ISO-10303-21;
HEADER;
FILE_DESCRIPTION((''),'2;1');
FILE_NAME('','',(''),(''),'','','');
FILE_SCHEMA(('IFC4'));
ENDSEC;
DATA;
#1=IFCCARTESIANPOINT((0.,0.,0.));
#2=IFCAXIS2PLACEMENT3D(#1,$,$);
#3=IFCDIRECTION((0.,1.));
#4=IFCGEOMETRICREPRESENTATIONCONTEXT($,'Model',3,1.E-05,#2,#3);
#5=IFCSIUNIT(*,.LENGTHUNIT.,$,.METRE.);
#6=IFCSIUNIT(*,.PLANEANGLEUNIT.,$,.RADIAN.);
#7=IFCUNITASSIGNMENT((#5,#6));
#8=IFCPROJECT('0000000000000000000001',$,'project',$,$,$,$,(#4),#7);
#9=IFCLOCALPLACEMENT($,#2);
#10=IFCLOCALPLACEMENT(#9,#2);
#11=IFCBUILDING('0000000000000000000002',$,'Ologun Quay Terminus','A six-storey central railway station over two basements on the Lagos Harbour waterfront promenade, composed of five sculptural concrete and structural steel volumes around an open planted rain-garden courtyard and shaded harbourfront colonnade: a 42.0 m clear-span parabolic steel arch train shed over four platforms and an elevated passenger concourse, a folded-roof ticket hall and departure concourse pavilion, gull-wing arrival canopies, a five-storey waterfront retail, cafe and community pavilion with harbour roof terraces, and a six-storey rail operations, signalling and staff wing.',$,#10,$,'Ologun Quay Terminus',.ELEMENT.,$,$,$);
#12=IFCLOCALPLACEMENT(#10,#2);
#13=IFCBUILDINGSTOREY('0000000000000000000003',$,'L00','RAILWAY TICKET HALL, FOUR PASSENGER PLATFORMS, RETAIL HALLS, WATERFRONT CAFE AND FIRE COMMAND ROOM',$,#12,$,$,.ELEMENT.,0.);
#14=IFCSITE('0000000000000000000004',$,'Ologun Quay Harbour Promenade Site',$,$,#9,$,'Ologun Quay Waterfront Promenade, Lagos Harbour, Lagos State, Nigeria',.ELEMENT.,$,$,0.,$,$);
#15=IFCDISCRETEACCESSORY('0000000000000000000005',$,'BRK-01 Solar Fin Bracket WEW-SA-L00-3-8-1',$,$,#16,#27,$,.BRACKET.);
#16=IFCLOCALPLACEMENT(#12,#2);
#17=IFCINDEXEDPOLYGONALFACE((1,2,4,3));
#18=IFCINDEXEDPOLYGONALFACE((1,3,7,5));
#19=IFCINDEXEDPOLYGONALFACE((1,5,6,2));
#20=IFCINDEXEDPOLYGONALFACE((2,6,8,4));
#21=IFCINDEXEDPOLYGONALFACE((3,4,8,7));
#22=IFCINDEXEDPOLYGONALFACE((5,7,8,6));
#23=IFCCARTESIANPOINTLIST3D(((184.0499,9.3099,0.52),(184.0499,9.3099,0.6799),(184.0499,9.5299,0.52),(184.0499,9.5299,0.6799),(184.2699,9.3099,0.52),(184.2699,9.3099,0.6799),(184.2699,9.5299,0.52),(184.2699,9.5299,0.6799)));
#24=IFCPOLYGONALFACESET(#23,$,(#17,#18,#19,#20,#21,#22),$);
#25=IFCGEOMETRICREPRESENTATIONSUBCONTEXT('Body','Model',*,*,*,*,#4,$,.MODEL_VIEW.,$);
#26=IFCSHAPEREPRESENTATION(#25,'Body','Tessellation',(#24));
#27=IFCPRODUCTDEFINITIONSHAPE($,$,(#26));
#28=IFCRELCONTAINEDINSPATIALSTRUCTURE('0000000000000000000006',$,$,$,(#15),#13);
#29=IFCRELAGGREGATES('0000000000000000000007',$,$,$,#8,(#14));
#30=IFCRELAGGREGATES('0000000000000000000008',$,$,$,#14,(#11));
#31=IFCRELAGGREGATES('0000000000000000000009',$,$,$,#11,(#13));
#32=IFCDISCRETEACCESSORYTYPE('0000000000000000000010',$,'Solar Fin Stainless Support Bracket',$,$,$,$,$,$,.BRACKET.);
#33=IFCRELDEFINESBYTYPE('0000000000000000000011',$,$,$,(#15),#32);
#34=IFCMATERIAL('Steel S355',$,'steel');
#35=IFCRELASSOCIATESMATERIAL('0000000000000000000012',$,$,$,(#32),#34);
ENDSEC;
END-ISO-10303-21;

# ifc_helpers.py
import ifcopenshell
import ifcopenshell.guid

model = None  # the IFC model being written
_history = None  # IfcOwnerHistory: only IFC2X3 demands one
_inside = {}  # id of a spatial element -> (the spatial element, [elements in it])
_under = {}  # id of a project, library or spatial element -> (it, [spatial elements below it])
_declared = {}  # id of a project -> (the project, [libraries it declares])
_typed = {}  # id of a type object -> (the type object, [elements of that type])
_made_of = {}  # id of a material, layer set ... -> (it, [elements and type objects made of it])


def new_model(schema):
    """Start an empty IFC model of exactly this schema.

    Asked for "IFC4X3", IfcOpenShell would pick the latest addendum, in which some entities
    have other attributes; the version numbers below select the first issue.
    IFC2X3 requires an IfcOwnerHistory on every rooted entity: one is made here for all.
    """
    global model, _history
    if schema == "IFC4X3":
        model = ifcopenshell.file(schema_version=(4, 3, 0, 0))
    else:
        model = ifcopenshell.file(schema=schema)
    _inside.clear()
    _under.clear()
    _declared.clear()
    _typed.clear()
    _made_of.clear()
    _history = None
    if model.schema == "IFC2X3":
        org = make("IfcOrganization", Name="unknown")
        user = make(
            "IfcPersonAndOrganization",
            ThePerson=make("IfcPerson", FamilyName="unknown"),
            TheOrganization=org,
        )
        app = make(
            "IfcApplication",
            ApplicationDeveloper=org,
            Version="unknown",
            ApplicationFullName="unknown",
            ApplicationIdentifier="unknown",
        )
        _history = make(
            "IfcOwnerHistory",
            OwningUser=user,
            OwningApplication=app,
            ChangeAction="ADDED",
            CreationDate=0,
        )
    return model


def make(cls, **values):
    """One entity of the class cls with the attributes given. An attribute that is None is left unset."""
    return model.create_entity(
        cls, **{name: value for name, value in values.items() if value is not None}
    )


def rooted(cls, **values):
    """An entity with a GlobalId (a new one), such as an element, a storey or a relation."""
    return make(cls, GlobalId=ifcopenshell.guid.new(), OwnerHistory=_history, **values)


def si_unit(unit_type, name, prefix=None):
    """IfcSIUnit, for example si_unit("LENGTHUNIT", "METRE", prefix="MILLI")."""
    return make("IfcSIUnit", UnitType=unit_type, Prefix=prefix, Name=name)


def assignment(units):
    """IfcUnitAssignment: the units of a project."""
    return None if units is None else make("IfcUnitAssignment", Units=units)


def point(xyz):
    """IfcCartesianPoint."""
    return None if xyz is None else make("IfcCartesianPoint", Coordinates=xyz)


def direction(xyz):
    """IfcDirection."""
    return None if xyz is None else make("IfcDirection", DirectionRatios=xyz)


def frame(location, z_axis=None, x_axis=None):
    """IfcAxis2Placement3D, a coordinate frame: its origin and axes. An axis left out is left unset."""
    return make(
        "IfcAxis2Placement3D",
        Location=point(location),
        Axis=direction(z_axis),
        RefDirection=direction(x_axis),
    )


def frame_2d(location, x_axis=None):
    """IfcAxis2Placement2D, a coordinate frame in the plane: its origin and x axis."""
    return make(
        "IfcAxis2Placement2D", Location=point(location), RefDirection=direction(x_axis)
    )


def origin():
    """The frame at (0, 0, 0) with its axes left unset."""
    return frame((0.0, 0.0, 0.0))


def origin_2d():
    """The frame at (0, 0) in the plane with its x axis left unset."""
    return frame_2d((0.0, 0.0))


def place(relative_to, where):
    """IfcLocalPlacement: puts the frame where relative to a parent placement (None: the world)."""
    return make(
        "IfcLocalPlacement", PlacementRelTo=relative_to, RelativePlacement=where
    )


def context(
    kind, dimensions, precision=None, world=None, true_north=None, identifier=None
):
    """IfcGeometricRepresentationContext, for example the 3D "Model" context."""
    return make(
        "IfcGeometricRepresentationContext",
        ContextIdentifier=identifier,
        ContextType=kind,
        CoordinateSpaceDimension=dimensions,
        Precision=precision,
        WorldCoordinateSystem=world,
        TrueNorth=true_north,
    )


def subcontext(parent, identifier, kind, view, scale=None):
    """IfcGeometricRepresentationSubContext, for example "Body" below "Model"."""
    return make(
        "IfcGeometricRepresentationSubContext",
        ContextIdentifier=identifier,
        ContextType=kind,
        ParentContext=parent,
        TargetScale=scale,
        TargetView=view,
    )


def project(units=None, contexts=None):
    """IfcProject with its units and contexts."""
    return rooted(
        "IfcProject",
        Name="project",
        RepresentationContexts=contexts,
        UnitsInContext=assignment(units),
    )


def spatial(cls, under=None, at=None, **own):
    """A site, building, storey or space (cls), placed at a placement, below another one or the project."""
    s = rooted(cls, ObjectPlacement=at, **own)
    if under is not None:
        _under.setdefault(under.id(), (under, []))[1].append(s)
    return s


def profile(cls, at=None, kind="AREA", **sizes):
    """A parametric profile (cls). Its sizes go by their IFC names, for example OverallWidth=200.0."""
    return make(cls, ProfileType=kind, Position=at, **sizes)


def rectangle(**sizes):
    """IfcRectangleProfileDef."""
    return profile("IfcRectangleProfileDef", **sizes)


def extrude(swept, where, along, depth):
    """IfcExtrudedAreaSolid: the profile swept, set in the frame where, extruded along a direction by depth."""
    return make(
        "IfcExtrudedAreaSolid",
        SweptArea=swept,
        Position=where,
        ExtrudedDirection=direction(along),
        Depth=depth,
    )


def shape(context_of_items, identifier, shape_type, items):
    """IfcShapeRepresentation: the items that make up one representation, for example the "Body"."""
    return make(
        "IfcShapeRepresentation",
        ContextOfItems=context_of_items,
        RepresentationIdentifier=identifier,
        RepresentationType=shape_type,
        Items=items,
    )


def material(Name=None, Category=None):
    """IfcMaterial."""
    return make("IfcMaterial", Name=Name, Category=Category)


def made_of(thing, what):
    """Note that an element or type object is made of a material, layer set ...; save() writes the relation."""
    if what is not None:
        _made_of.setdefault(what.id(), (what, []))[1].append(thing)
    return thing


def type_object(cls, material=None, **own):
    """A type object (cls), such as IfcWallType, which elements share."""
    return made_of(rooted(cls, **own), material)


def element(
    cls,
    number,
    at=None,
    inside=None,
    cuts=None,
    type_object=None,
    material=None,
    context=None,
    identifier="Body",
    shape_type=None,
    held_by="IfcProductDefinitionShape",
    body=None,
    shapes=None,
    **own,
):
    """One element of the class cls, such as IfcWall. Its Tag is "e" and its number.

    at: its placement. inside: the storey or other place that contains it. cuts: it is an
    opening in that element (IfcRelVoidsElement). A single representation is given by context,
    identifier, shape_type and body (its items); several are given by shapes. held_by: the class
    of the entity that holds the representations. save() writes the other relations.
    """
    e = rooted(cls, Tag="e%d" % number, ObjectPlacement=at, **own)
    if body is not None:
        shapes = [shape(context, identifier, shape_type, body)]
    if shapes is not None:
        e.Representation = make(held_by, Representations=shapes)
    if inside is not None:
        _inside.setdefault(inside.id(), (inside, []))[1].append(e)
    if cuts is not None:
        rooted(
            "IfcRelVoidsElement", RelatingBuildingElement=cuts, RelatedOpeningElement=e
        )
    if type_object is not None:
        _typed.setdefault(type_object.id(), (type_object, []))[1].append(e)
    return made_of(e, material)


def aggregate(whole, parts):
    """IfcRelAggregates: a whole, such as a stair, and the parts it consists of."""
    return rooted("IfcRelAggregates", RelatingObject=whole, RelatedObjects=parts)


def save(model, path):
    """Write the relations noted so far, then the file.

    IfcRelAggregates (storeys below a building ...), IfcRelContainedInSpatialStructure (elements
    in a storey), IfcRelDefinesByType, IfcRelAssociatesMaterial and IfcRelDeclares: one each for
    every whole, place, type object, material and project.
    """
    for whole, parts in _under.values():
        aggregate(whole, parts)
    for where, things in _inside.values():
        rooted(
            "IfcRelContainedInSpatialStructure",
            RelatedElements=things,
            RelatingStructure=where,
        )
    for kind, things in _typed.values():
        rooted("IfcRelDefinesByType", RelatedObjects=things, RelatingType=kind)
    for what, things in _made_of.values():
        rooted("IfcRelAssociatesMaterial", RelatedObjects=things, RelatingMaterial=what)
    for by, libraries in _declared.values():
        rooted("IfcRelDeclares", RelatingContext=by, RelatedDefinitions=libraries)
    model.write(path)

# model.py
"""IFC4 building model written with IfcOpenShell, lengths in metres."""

from ifc_helpers import new_model, si_unit, direction, frame, origin, origin_2d, place, context, subcontext, project, spatial, rectangle, extrude, material, type_object, element, save


model = new_model("IFC4")

# Units and contexts
model_context = context("Model", 3, precision=1e-05, world=origin(), true_north=direction((0.0, 1.0)))
body_context = subcontext(model_context, "Body", "Model", "MODEL_VIEW")
ifc_project = project(units=[si_unit("LENGTHUNIT", "METRE"), si_unit("PLANEANGLEUNIT", "RADIAN")], contexts=[model_context])

# Site, building, storey
site_placement = place(None, origin())
site = spatial("IfcSite", under=ifc_project, at=site_placement, Name="Ologun Quay Harbour Promenade Site", LongName="Ologun Quay Waterfront Promenade, Lagos Harbour, Lagos State, Nigeria", CompositionType="ELEMENT", RefElevation=0.0)
building_placement = place(site_placement, origin())
building = spatial("IfcBuilding", under=site, at=building_placement, Name="Ologun Quay Terminus", Description="A six-storey central railway station over two basements on the Lagos Harbour waterfront promenade, composed of five sculptural concrete and structural steel volumes around an open planted rain-garden courtyard and shaded harbourfront colonnade: a 42.0 m clear-span parabolic steel arch train shed over four platforms and an elevated passenger concourse, a folded-roof ticket hall and departure concourse pavilion, gull-wing arrival canopies, a five-storey waterfront retail, cafe and community pavilion with harbour roof terraces, and a six-storey rail operations, signalling and staff wing.", LongName="Ologun Quay Terminus", CompositionType="ELEMENT")
storey_placement = place(building_placement, origin())
storey = spatial("IfcBuildingStorey", under=building, at=storey_placement, Name="L00", Description="RAILWAY TICKET HALL, FOUR PASSENGER PLATFORMS, RETAIL HALLS, WATERFRONT CAFE AND FIRE COMMAND ROOM", CompositionType="ELEMENT", Elevation=0.0)

# Discrete accessory
ifc_material_1 = material(Name="Steel S355", Category="steel")
discrete_accessory_type = type_object("IfcDiscreteAccessoryType", Name="Solar Fin Stainless Support Bracket", PredefinedType="BRACKET", material=ifc_material_1)
for number, where, z_axis, x_axis, name in (
    (1, (184.1599, 9.4199, 0.52), (0.0, 0.0, 1.0), (1.0, 0.0, 0.0), "BRK-01 Solar Fin Bracket WEW-SA-L00-3-8-1"),
):
    element("IfcDiscreteAccessory", number, at=place(storey_placement, frame(where, z_axis=z_axis, x_axis=x_axis)), inside=storey, type_object=discrete_accessory_type, Name=name, PredefinedType="BRACKET", context=body_context, shape_type="SweptSolid", body=[
        extrude(rectangle(XDim=0.22, YDim=0.22, at=origin_2d()), origin(), (0.0, 0.0, 1.0), 0.1599),
    ])

save(model, "model.ifc")
